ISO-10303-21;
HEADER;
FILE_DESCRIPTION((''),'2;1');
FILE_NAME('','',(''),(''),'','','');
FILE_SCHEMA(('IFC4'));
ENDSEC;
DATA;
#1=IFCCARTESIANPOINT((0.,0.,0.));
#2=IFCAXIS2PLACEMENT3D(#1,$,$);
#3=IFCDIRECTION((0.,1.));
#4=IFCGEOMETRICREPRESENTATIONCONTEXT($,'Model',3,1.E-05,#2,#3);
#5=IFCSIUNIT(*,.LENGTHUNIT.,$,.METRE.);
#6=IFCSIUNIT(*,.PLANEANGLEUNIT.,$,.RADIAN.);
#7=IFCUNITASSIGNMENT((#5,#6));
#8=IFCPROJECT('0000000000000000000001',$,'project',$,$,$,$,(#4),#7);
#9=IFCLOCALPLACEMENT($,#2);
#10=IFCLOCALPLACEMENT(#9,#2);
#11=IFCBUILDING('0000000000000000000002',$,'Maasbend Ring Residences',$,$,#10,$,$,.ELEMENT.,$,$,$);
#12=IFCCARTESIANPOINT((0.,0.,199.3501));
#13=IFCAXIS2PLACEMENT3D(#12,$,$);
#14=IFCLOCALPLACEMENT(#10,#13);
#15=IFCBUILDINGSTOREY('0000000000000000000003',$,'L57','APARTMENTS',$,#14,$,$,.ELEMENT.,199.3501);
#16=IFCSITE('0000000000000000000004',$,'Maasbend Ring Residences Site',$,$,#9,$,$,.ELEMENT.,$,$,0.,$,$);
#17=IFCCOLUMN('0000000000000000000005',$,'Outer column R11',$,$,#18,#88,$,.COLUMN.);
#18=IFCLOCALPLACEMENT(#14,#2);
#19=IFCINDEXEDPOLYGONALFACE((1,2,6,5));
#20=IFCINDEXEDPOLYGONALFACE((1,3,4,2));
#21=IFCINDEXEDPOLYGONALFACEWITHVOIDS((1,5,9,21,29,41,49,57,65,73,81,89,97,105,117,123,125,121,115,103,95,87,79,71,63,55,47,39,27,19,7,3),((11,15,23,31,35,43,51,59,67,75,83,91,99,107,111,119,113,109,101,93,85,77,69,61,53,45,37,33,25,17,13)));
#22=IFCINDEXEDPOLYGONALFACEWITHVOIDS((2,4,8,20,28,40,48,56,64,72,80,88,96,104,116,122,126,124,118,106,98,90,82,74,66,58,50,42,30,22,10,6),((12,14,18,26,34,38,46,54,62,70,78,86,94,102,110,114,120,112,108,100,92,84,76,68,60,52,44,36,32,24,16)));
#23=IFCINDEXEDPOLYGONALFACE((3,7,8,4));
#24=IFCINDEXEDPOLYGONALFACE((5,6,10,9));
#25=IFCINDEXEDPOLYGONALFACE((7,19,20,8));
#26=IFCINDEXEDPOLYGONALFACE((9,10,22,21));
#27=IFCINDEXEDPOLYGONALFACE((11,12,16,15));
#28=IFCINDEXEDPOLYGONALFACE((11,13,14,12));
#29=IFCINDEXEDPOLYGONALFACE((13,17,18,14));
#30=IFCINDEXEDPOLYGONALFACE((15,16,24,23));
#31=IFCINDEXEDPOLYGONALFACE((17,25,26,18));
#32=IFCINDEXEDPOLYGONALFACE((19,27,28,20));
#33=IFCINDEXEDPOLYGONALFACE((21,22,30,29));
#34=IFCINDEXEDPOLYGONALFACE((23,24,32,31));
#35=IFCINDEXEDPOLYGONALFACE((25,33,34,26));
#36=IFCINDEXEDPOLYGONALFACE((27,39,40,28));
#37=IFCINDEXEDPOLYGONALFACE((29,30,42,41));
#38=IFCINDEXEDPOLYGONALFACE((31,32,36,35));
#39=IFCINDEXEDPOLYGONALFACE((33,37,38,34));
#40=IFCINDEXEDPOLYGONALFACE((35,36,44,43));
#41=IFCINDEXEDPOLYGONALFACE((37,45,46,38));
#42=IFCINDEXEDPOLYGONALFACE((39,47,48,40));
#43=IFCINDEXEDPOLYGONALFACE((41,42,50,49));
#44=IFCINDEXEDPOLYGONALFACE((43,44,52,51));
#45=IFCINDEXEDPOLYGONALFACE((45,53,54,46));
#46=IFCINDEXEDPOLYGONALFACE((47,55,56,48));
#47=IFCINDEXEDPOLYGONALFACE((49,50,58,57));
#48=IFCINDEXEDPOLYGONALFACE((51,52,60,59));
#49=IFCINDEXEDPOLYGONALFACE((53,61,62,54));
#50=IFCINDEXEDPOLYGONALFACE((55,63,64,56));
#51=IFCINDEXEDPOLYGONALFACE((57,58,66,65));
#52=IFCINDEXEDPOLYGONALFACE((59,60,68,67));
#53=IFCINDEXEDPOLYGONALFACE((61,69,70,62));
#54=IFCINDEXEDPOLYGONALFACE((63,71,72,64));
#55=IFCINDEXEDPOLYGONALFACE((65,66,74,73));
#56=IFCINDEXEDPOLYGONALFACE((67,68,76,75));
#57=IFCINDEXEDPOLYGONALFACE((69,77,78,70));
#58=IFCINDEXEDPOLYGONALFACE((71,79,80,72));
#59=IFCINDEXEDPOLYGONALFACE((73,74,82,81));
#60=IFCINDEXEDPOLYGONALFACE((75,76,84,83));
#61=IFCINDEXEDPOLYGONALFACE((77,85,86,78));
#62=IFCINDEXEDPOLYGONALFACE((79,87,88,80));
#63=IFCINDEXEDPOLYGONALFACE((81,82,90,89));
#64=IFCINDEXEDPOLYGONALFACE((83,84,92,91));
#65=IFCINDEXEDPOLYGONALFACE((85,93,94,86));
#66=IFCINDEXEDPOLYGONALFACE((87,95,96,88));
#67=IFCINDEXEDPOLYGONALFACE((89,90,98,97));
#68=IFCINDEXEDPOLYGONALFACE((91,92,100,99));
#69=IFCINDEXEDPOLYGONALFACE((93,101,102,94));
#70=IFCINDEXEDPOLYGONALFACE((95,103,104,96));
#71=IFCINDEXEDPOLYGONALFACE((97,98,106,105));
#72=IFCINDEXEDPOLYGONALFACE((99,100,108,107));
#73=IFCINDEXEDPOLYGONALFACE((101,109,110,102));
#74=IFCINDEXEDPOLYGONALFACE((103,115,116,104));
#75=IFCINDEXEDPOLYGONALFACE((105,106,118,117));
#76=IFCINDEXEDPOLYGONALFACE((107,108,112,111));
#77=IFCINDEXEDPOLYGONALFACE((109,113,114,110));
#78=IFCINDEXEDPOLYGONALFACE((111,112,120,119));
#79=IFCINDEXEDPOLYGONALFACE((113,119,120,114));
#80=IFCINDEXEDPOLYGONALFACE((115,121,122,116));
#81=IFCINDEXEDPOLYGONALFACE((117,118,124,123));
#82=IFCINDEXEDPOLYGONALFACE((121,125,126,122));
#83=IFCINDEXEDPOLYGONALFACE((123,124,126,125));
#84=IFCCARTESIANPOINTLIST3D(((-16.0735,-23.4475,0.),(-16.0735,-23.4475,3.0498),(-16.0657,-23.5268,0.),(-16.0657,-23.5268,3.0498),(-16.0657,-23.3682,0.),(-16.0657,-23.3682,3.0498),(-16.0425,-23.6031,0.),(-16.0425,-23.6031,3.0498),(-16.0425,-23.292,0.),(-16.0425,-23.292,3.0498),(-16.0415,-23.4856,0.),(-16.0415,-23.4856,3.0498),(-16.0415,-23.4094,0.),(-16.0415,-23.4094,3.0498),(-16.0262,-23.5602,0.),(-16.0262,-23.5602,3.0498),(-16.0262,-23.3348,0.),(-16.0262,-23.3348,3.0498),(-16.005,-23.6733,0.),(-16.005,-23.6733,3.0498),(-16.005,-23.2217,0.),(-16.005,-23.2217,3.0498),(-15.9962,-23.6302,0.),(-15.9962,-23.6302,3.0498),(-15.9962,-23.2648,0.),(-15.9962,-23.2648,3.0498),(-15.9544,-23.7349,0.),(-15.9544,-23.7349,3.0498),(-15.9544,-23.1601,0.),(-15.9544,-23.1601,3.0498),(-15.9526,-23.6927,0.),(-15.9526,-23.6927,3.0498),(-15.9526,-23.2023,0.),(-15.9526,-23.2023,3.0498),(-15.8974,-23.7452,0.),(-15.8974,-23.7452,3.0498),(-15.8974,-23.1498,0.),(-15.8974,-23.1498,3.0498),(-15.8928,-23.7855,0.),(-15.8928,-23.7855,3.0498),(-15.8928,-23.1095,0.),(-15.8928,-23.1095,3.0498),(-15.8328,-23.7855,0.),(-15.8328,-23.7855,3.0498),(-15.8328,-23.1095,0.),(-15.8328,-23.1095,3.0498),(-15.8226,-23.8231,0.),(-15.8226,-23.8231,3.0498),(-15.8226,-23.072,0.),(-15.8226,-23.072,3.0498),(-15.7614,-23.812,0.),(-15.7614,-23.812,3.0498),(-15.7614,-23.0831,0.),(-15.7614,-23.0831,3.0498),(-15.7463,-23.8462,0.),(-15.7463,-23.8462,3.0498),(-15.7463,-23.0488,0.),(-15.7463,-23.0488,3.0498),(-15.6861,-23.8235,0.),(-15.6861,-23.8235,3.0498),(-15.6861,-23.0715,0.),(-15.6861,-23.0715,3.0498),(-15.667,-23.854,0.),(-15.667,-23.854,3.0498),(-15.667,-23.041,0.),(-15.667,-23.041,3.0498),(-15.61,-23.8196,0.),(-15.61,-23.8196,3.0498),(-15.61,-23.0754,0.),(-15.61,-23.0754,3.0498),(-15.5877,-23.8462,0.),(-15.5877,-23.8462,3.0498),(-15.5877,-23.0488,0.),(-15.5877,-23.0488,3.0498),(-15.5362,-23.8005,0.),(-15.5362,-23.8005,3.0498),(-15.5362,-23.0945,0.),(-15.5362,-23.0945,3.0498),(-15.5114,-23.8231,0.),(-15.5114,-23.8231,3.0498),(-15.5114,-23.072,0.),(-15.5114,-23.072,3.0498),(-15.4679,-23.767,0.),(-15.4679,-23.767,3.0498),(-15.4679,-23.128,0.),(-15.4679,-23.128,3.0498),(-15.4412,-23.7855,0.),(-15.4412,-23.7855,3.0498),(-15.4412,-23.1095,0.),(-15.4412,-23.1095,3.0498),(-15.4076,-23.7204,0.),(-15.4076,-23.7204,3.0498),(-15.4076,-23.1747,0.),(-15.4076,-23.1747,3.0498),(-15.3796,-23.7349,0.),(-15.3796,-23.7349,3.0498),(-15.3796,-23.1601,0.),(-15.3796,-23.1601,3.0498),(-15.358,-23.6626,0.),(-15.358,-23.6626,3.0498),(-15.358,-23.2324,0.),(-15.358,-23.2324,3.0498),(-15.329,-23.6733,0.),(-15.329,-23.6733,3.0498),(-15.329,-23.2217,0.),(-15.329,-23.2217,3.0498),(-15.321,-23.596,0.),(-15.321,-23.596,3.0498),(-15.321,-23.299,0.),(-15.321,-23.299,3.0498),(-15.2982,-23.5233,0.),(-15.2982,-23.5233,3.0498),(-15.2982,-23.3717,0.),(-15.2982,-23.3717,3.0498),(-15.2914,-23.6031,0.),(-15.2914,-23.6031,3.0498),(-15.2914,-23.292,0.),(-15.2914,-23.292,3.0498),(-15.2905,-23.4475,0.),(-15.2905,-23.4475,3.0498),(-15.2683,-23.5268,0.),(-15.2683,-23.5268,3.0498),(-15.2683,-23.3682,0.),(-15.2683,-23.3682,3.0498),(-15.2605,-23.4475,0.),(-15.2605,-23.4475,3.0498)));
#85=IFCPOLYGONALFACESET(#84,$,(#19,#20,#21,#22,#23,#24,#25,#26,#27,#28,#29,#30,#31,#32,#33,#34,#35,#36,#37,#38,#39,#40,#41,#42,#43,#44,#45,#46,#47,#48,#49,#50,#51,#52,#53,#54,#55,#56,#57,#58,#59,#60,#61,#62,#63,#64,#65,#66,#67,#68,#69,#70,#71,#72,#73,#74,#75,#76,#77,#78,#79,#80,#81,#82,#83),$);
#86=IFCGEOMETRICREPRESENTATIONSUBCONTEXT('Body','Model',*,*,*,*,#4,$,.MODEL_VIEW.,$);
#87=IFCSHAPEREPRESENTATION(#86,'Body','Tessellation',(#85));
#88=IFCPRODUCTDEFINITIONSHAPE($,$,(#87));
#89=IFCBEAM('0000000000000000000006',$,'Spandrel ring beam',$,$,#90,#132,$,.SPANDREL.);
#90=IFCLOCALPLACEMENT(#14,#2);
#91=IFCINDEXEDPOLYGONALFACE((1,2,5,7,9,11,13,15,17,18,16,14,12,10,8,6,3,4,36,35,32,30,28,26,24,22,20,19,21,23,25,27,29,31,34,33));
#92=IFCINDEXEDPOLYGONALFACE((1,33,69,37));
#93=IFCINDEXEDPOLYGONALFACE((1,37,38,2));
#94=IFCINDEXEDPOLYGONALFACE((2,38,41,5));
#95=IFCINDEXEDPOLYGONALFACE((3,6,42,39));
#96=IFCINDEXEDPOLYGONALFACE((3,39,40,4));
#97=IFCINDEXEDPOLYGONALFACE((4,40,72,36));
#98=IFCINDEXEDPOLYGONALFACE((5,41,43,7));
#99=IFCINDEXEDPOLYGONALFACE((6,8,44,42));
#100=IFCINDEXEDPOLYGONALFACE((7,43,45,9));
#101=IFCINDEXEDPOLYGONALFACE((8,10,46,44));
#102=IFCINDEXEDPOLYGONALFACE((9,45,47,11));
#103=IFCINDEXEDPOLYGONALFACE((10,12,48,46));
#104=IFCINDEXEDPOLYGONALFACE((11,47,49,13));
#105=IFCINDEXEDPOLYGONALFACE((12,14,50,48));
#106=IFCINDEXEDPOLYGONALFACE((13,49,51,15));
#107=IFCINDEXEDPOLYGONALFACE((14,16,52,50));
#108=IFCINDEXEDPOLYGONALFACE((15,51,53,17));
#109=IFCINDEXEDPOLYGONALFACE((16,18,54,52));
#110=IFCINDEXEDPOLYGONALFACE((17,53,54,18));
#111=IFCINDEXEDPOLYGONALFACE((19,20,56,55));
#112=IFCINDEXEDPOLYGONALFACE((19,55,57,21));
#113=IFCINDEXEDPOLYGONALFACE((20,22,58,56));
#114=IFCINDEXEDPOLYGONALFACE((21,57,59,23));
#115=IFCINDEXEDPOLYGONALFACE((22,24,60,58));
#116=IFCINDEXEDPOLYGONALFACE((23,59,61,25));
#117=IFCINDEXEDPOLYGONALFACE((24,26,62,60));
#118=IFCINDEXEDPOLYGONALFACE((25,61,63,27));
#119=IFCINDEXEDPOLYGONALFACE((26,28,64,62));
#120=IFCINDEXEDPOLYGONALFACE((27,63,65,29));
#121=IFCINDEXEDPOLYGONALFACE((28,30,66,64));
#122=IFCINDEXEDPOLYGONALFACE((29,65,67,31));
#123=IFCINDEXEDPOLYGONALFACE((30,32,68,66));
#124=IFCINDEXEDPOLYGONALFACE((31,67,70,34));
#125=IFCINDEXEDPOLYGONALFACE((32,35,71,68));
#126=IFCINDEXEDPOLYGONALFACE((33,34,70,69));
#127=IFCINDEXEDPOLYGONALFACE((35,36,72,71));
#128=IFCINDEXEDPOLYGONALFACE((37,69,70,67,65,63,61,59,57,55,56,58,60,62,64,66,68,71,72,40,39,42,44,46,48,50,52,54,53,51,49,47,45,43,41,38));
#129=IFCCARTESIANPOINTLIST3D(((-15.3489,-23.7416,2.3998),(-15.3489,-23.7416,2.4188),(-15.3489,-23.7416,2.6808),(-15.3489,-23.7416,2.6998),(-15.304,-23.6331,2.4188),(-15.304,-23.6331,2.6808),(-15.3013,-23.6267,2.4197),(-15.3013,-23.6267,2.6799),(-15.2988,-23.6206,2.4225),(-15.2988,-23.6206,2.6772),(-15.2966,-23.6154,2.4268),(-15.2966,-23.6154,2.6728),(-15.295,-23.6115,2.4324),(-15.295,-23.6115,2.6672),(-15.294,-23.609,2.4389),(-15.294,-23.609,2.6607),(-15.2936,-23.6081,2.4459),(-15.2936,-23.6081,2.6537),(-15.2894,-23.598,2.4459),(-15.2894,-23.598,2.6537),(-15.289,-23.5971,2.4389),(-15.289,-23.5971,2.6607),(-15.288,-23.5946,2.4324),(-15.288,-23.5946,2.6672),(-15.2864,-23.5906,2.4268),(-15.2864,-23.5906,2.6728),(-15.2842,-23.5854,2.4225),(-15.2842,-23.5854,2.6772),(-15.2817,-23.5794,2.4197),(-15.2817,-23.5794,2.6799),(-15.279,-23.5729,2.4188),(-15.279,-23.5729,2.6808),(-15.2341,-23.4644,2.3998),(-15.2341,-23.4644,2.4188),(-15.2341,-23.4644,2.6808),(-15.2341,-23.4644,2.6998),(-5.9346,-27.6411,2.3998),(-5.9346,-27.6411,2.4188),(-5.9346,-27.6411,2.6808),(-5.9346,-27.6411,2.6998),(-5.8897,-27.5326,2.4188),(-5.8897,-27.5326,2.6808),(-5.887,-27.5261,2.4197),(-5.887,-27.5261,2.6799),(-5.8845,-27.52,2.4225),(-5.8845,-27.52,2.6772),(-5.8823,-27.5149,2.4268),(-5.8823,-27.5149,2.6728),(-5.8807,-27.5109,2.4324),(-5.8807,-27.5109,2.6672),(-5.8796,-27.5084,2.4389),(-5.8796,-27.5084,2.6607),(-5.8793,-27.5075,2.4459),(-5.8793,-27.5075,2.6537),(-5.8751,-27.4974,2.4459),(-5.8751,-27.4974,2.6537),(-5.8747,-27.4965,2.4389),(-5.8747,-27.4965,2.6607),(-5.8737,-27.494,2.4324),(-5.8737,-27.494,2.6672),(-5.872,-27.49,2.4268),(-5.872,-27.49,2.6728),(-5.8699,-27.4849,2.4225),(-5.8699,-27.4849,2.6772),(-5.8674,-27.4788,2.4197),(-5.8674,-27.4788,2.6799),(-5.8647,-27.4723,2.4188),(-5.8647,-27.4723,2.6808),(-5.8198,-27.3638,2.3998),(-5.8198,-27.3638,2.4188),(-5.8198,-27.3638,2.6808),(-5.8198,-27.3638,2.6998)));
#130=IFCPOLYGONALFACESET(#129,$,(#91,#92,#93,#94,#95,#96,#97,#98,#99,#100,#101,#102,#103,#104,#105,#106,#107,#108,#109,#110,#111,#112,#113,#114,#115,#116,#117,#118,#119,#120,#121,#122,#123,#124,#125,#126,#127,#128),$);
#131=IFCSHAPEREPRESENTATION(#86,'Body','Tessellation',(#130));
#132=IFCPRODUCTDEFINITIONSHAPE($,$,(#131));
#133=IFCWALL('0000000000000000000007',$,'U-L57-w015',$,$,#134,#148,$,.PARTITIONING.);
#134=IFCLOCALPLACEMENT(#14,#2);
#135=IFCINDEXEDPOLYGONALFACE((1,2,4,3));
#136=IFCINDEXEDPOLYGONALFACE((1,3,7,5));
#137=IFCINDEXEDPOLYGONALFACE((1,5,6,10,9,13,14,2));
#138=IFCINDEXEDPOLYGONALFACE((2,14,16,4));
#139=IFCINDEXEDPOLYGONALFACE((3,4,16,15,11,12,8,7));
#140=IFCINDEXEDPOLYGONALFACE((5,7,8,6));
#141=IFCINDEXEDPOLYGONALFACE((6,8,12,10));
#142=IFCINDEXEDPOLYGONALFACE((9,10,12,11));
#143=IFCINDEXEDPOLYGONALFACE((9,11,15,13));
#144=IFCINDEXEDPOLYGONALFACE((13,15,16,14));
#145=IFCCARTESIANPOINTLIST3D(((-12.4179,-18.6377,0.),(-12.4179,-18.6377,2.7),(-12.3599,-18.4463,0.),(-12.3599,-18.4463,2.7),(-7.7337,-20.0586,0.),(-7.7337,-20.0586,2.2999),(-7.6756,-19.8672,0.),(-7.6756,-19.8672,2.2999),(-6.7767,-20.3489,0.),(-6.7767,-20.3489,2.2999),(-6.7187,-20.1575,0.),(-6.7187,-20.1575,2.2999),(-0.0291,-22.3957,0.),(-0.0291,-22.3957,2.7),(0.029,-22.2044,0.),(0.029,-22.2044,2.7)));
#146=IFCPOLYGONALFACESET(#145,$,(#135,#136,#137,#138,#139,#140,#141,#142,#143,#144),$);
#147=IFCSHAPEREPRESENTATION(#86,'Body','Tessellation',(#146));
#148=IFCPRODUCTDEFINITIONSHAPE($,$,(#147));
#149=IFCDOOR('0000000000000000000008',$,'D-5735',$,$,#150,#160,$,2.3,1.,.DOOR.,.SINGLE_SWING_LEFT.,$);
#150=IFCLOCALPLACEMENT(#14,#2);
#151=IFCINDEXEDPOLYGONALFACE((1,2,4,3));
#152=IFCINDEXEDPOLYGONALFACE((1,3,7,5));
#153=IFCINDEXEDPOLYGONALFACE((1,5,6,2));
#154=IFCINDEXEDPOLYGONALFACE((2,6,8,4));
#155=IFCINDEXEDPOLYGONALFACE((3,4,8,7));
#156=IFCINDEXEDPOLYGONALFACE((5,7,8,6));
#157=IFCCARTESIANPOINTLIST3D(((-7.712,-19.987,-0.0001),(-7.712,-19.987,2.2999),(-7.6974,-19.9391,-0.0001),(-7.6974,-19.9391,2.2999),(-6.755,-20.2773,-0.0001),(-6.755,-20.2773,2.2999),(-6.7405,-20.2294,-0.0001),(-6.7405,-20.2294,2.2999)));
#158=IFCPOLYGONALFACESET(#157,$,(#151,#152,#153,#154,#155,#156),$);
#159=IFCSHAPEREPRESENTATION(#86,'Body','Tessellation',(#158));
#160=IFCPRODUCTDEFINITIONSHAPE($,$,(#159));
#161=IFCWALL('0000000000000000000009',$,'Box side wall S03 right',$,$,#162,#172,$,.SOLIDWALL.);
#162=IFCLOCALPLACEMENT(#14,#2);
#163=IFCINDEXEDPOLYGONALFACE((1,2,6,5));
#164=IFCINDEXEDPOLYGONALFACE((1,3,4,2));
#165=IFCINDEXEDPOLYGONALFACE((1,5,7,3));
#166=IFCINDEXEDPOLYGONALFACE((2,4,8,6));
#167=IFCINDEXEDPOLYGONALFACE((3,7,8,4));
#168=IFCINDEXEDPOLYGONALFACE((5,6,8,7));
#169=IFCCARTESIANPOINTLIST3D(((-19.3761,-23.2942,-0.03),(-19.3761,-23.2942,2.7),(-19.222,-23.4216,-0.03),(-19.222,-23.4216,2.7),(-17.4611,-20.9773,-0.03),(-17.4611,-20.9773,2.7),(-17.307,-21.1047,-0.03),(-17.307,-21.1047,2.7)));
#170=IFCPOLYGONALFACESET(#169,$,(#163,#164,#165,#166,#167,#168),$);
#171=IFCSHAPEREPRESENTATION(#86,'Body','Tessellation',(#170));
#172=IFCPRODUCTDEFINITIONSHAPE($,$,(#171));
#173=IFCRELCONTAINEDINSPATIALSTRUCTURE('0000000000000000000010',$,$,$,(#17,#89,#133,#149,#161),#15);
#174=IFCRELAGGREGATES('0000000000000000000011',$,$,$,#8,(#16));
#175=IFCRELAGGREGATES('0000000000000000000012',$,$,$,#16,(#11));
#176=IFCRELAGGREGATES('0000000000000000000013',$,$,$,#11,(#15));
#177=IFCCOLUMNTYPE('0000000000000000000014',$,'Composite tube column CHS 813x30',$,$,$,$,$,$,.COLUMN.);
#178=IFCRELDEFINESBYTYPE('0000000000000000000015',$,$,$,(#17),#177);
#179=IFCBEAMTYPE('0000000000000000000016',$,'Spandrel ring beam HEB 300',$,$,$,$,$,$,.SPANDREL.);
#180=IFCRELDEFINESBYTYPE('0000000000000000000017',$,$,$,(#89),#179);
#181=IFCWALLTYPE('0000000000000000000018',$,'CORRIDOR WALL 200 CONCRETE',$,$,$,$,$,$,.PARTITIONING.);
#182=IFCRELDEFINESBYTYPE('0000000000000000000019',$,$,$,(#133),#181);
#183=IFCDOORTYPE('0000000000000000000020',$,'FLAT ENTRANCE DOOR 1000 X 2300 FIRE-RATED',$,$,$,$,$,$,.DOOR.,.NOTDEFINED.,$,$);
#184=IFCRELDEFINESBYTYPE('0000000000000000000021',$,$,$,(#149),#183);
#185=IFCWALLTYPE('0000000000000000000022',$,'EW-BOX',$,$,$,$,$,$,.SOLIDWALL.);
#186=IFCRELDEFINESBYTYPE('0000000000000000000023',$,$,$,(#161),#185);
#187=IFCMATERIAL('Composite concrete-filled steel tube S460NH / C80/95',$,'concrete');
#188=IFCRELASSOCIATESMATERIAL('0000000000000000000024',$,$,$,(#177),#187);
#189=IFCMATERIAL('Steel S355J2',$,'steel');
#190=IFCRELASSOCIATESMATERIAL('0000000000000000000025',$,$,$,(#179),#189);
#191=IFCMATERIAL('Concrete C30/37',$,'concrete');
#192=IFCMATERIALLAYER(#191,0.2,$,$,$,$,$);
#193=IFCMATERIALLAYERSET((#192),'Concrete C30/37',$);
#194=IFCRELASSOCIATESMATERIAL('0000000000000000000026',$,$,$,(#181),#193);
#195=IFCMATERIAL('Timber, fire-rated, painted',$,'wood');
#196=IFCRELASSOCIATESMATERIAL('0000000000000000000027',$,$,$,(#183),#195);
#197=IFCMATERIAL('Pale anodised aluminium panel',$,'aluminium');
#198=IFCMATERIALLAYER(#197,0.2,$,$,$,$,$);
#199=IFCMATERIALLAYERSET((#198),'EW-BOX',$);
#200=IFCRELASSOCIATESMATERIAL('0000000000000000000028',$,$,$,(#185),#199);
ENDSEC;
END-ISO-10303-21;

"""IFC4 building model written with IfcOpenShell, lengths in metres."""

from ifc_helpers import new_model, si_unit, direction, frame, frame_2d, origin, origin_2d, place, context, subcontext, project, spatial, rectangle, hollow_circle, i_section, extrude, material, layer, layer_set, material_profile, profile_set, type_object, element, fill, save


model = new_model("IFC4")

# Units and contexts
model_context = context("Model", 3, precision=1e-05, world=origin(), true_north=direction((0.0, 1.0)))
body_context = subcontext(model_context, "Body", "Model", "MODEL_VIEW")
ifc_project = project(units=[si_unit("LENGTHUNIT", "METRE"), si_unit("PLANEANGLEUNIT", "RADIAN")], contexts=[model_context])

# Site, building, storey
site_placement = place(None, origin())
site = spatial("IfcSite", under=ifc_project, at=site_placement, Name="Maasbend Ring Residences Site", CompositionType="ELEMENT", RefElevation=0.0)
building_placement = place(site_placement, origin())
building = spatial("IfcBuilding", under=site, at=building_placement, Name="Maasbend Ring Residences", CompositionType="ELEMENT")
storey_placement = place(building_placement, frame((0.0, 0.0, 199.3501)))
storey = spatial("IfcBuildingStorey", under=building, at=storey_placement, Name="L57", Description="APARTMENTS", CompositionType="ELEMENT", Elevation=199.3501)

# Column
ifc_material_1 = material(Name="Composite concrete-filled steel tube S460NH / C80/95", Category="concrete")
ifc_material_profile_1 = material_profile(ifc_material_1, hollow_circle(Radius=0.4065, WallThickness=0.03, at=origin_2d()), Name="Composite tube column CHS 813x30")
ifc_profile_set_1 = profile_set([ifc_material_profile_1], Name="Composite concrete-filled steel tube S460NH / C80/95")
column_type = type_object("IfcColumnType", Name="Composite tube column CHS 813x30", PredefinedType="COLUMN", material=ifc_profile_set_1)
column_placement = place(storey_placement, frame((-15.667, -23.4475, 0.0), z_axis=(0.0, 0.0, 1.0), x_axis=(1.0, 0.0, 0.0)))
element("IfcColumn", 1, at=column_placement, inside=storey, type_object=column_type, Name="Outer column R11", PredefinedType="COLUMN", context=body_context, shape_type="SweptSolid", body=[
    extrude(hollow_circle(Radius=0.4065, WallThickness=0.03, at=origin_2d()), origin(), (0.0, 0.0, 1.0), 3.0498),
])

# Beam
ifc_material_2 = material(Name="Steel S355J2", Category="steel")
ifc_material_profile_2 = material_profile(ifc_material_2, i_section(OverallWidth=0.3, OverallDepth=0.3, WebThickness=0.011, FlangeThickness=0.019, FilletRadius=0.0271, at=origin_2d()), Name="HEB 300")
ifc_profile_set_2 = profile_set([ifc_material_profile_2], Name="Steel S355J2")
beam_type = type_object("IfcBeamType", Name="Spandrel ring beam HEB 300", PredefinedType="SPANDREL", material=ifc_profile_set_2)
beam_placement = place(storey_placement, frame((-15.2915, -23.603, 2.5498), z_axis=(0.923884, -0.382673, 0.0), x_axis=(0.382673, 0.923884, 0.0)))
element("IfcBeam", 2, at=beam_placement, inside=storey, type_object=beam_type, Name="Spandrel ring beam", PredefinedType="SPANDREL", context=body_context, shape_type="SweptSolid", body=[
    extrude(i_section(OverallWidth=0.3, OverallDepth=0.3, WebThickness=0.011, FlangeThickness=0.019, FilletRadius=0.0271, at=origin_2d()), origin(), (0.0, 0.0, 1.0), 10.1899),
])

# Wall, opening, door
ifc_material_3 = material(Name="Concrete C30/37", Category="concrete")
ifc_layer_1 = layer(ifc_material_3, 0.2)
ifc_layer_set_1 = layer_set([ifc_layer_1], Name="Concrete C30/37")
wall_type_1 = type_object("IfcWallType", Name="CORRIDOR WALL 200 CONCRETE", PredefinedType="PARTITIONING", material=ifc_layer_set_1)
wall_1_placement = place(storey_placement, frame((-12.3889, -18.542, 0.0), z_axis=(0.0, 0.0, 1.0), x_axis=(0.956942, -0.290279, 0.0)))
wall_1 = element("IfcWall", 3, at=wall_1_placement, inside=storey, type_object=wall_type_1, Name="U-L57-w015", PredefinedType="PARTITIONING", context=body_context, shape_type="SweptSolid", body=[
    extrude(rectangle(XDim=12.9463, YDim=0.2, at=frame_2d((6.4731, 0.0))), origin(), (0.0, 0.0, 1.0), 2.7),
])
opening_1_placement = place(wall_1_placement, frame((4.895, 0.0, 0.0)))
opening_1 = element("IfcOpeningElement", 4, at=opening_1_placement, cuts=wall_1, PredefinedType="OPENING", context=body_context, shape_type="SweptSolid", body=[
    extrude(rectangle(XDim=1.0, YDim=2.3, at=frame_2d((0.5, 1.1499))), frame((0.0, 0.1099, 0.0), z_axis=(0.0, -1.0, 0.0), x_axis=(1.0, 0.0, 0.0)), (0.0, 0.0, 1.0), 0.22),
])
ifc_material_4 = material(Name="Timber, fire-rated, painted", Category="wood")
door_type_1 = type_object("IfcDoorType", Name="FLAT ENTRANCE DOOR 1000 X 2300 FIRE-RATED", OperationType="NOTDEFINED", PredefinedType="DOOR", material=ifc_material_4)
door_1_placement = place(opening_1_placement, origin())
door_1 = element("IfcDoor", 5, at=door_1_placement, inside=storey, type_object=door_type_1, Name="D-5735", OperationType="SINGLE_SWING_LEFT", OverallHeight=2.3, OverallWidth=1.0, PredefinedType="DOOR", context=body_context, shape_type="SweptSolid", body=[
    extrude(rectangle(XDim=1.0, YDim=2.3, at=frame_2d((0.5, 1.1499))), frame((0.0, 0.0249, 0.0), z_axis=(0.0, -1.0, 0.0), x_axis=(1.0, 0.0, 0.0)), (0.0, 0.0, 1.0), 0.05),
])
fill(opening_1, door_1)

# Wall
ifc_material_5 = material(Name="Pale anodised aluminium panel", Category="aluminium")
ifc_layer_2 = layer(ifc_material_5, 0.2)
ifc_layer_set_2 = layer_set([ifc_layer_2], Name="EW-BOX")
wall_type_2 = type_object("IfcWallType", Name="EW-BOX", PredefinedType="SOLIDWALL", material=ifc_layer_set_2)
wall_2_placement = place(storey_placement, frame((-17.384, -21.041, -0.03), z_axis=(0.0, 0.0, 1.0), x_axis=(-0.637096, -0.770785, 0.0)))
element("IfcWall", 6, at=wall_2_placement, inside=storey, type_object=wall_type_2, Name="Box side wall S03 right", PredefinedType="SOLIDWALL", context=body_context, shape_type="SweptSolid", body=[
    extrude(rectangle(XDim=3.0059, YDim=0.2, at=frame_2d((1.5029, 0.0))), origin(), (0.0, 0.0, 1.0), 2.73),
])

save(model, "model.ifc")
